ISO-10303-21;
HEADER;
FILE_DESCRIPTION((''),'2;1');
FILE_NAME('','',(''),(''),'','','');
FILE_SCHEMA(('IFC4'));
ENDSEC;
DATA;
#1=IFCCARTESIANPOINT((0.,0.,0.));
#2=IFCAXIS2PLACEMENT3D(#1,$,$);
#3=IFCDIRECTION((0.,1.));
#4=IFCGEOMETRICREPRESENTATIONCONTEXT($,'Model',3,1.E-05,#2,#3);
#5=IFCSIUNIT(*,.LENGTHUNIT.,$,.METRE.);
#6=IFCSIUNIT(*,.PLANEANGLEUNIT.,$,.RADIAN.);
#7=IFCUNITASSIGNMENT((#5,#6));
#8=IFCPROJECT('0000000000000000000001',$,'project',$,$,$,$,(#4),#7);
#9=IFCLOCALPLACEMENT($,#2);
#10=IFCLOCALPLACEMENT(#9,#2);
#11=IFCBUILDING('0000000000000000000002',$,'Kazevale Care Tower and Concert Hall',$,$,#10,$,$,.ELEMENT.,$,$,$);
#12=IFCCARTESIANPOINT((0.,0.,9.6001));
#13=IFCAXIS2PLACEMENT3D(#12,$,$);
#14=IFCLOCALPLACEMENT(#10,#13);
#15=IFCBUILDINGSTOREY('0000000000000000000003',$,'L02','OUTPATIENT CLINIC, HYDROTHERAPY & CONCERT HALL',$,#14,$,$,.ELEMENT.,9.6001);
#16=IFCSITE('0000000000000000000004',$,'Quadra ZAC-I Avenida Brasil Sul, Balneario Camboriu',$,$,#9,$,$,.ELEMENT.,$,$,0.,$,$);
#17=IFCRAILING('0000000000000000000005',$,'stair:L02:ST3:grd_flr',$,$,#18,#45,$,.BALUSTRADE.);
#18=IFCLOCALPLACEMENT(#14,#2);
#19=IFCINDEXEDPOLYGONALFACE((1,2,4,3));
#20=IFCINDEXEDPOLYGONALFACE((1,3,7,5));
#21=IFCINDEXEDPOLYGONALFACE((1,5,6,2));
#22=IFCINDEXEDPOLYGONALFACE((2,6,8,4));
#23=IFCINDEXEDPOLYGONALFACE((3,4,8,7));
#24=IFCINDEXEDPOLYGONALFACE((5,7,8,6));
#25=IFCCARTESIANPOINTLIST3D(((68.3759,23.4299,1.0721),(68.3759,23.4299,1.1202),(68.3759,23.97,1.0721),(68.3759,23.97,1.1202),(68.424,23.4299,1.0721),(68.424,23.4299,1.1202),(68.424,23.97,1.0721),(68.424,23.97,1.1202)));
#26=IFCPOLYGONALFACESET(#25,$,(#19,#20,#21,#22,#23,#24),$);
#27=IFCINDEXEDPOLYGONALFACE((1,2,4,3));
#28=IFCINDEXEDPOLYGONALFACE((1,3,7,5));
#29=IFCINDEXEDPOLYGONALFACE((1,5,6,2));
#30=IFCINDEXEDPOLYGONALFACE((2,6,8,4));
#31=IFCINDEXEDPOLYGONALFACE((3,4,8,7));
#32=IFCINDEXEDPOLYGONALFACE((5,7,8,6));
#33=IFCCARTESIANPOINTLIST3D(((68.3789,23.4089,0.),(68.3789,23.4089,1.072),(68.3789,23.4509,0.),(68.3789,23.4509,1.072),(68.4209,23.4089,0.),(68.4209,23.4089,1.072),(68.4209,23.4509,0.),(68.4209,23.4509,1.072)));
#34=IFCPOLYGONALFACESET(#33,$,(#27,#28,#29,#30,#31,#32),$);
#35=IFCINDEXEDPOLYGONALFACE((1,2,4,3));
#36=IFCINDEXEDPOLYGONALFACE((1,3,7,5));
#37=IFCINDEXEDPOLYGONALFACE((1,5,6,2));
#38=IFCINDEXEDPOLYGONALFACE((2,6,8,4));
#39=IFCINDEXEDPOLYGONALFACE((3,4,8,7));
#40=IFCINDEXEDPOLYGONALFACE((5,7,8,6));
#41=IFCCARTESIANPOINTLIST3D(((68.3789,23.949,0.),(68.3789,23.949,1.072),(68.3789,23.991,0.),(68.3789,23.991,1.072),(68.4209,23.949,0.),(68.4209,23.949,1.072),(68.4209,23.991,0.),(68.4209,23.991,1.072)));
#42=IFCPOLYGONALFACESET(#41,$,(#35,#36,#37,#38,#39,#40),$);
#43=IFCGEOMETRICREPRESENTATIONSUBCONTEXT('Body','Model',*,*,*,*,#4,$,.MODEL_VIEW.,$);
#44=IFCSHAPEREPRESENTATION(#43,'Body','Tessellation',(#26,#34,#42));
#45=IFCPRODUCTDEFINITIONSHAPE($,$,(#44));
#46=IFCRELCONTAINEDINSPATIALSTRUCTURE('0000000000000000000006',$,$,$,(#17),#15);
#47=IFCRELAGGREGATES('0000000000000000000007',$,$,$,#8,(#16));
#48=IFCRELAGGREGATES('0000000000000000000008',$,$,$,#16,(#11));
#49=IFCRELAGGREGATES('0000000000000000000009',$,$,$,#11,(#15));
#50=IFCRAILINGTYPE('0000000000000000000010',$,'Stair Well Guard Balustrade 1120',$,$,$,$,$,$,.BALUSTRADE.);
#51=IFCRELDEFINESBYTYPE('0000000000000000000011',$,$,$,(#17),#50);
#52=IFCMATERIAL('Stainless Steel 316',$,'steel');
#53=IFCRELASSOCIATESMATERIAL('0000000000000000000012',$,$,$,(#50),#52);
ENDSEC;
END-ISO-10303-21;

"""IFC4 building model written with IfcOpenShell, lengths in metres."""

from ifc_helpers import new_model, si_unit, direction, frame, origin, origin_2d, place, context, subcontext, project, spatial, rectangle, extrude, material, type_object, element, save


model = new_model("IFC4")

# Units and contexts
model_context = context("Model", 3, precision=1e-05, world=origin(), true_north=direction((0.0, 1.0)))
body_context = subcontext(model_context, "Body", "Model", "MODEL_VIEW")
ifc_project = project(units=[si_unit("LENGTHUNIT", "METRE"), si_unit("PLANEANGLEUNIT", "RADIAN")], contexts=[model_context])

# Site, building, storey
site_placement = place(None, origin())
site = spatial("IfcSite", under=ifc_project, at=site_placement, Name="Quadra ZAC-I Avenida Brasil Sul, Balneario Camboriu", CompositionType="ELEMENT", RefElevation=0.0)
building_placement = place(site_placement, origin())
building = spatial("IfcBuilding", under=site, at=building_placement, Name="Kazevale Care Tower and Concert Hall", CompositionType="ELEMENT")
storey_placement = place(building_placement, frame((0.0, 0.0, 9.6001)))
storey = spatial("IfcBuildingStorey", under=building, at=storey_placement, Name="L02", Description="OUTPATIENT CLINIC, HYDROTHERAPY & CONCERT HALL", CompositionType="ELEMENT", Elevation=9.6001)

# Railing
ifc_material_1 = material(Name="Stainless Steel 316", Category="steel")
railing_type_1 = type_object("IfcRailingType", Name="Stair Well Guard Balustrade 1120", PredefinedType="BALUSTRADE", material=ifc_material_1)
for number, where, name in (
    (1, (68.3999, 23.4299, 0.0), "stair:L02:ST3:grd_flr"),
):
    element("IfcRailing", number, at=place(storey_placement, frame(where)), inside=storey, type_object=railing_type_1, Name=name, PredefinedType="BALUSTRADE", context=body_context, shape_type="SweptSolid", body=[
        extrude(rectangle(XDim=0.0481, YDim=0.0481, at=origin_2d()), frame((0.0, 0.0, 1.0962), z_axis=(0.0, 1.0, 0.0), x_axis=(-1.0, 0.0, 0.0)), (0.0, 0.0, 1.0), 0.54),
        extrude(rectangle(XDim=0.042, YDim=0.042, at=origin_2d()), origin(), (0.0, 0.0, 1.0), 1.072),
        extrude(rectangle(XDim=0.042, YDim=0.042, at=origin_2d()), frame((0.0, 0.54, 0.0)), (0.0, 0.0, 1.0), 1.072),
    ])

save(model, "model.ifc")
